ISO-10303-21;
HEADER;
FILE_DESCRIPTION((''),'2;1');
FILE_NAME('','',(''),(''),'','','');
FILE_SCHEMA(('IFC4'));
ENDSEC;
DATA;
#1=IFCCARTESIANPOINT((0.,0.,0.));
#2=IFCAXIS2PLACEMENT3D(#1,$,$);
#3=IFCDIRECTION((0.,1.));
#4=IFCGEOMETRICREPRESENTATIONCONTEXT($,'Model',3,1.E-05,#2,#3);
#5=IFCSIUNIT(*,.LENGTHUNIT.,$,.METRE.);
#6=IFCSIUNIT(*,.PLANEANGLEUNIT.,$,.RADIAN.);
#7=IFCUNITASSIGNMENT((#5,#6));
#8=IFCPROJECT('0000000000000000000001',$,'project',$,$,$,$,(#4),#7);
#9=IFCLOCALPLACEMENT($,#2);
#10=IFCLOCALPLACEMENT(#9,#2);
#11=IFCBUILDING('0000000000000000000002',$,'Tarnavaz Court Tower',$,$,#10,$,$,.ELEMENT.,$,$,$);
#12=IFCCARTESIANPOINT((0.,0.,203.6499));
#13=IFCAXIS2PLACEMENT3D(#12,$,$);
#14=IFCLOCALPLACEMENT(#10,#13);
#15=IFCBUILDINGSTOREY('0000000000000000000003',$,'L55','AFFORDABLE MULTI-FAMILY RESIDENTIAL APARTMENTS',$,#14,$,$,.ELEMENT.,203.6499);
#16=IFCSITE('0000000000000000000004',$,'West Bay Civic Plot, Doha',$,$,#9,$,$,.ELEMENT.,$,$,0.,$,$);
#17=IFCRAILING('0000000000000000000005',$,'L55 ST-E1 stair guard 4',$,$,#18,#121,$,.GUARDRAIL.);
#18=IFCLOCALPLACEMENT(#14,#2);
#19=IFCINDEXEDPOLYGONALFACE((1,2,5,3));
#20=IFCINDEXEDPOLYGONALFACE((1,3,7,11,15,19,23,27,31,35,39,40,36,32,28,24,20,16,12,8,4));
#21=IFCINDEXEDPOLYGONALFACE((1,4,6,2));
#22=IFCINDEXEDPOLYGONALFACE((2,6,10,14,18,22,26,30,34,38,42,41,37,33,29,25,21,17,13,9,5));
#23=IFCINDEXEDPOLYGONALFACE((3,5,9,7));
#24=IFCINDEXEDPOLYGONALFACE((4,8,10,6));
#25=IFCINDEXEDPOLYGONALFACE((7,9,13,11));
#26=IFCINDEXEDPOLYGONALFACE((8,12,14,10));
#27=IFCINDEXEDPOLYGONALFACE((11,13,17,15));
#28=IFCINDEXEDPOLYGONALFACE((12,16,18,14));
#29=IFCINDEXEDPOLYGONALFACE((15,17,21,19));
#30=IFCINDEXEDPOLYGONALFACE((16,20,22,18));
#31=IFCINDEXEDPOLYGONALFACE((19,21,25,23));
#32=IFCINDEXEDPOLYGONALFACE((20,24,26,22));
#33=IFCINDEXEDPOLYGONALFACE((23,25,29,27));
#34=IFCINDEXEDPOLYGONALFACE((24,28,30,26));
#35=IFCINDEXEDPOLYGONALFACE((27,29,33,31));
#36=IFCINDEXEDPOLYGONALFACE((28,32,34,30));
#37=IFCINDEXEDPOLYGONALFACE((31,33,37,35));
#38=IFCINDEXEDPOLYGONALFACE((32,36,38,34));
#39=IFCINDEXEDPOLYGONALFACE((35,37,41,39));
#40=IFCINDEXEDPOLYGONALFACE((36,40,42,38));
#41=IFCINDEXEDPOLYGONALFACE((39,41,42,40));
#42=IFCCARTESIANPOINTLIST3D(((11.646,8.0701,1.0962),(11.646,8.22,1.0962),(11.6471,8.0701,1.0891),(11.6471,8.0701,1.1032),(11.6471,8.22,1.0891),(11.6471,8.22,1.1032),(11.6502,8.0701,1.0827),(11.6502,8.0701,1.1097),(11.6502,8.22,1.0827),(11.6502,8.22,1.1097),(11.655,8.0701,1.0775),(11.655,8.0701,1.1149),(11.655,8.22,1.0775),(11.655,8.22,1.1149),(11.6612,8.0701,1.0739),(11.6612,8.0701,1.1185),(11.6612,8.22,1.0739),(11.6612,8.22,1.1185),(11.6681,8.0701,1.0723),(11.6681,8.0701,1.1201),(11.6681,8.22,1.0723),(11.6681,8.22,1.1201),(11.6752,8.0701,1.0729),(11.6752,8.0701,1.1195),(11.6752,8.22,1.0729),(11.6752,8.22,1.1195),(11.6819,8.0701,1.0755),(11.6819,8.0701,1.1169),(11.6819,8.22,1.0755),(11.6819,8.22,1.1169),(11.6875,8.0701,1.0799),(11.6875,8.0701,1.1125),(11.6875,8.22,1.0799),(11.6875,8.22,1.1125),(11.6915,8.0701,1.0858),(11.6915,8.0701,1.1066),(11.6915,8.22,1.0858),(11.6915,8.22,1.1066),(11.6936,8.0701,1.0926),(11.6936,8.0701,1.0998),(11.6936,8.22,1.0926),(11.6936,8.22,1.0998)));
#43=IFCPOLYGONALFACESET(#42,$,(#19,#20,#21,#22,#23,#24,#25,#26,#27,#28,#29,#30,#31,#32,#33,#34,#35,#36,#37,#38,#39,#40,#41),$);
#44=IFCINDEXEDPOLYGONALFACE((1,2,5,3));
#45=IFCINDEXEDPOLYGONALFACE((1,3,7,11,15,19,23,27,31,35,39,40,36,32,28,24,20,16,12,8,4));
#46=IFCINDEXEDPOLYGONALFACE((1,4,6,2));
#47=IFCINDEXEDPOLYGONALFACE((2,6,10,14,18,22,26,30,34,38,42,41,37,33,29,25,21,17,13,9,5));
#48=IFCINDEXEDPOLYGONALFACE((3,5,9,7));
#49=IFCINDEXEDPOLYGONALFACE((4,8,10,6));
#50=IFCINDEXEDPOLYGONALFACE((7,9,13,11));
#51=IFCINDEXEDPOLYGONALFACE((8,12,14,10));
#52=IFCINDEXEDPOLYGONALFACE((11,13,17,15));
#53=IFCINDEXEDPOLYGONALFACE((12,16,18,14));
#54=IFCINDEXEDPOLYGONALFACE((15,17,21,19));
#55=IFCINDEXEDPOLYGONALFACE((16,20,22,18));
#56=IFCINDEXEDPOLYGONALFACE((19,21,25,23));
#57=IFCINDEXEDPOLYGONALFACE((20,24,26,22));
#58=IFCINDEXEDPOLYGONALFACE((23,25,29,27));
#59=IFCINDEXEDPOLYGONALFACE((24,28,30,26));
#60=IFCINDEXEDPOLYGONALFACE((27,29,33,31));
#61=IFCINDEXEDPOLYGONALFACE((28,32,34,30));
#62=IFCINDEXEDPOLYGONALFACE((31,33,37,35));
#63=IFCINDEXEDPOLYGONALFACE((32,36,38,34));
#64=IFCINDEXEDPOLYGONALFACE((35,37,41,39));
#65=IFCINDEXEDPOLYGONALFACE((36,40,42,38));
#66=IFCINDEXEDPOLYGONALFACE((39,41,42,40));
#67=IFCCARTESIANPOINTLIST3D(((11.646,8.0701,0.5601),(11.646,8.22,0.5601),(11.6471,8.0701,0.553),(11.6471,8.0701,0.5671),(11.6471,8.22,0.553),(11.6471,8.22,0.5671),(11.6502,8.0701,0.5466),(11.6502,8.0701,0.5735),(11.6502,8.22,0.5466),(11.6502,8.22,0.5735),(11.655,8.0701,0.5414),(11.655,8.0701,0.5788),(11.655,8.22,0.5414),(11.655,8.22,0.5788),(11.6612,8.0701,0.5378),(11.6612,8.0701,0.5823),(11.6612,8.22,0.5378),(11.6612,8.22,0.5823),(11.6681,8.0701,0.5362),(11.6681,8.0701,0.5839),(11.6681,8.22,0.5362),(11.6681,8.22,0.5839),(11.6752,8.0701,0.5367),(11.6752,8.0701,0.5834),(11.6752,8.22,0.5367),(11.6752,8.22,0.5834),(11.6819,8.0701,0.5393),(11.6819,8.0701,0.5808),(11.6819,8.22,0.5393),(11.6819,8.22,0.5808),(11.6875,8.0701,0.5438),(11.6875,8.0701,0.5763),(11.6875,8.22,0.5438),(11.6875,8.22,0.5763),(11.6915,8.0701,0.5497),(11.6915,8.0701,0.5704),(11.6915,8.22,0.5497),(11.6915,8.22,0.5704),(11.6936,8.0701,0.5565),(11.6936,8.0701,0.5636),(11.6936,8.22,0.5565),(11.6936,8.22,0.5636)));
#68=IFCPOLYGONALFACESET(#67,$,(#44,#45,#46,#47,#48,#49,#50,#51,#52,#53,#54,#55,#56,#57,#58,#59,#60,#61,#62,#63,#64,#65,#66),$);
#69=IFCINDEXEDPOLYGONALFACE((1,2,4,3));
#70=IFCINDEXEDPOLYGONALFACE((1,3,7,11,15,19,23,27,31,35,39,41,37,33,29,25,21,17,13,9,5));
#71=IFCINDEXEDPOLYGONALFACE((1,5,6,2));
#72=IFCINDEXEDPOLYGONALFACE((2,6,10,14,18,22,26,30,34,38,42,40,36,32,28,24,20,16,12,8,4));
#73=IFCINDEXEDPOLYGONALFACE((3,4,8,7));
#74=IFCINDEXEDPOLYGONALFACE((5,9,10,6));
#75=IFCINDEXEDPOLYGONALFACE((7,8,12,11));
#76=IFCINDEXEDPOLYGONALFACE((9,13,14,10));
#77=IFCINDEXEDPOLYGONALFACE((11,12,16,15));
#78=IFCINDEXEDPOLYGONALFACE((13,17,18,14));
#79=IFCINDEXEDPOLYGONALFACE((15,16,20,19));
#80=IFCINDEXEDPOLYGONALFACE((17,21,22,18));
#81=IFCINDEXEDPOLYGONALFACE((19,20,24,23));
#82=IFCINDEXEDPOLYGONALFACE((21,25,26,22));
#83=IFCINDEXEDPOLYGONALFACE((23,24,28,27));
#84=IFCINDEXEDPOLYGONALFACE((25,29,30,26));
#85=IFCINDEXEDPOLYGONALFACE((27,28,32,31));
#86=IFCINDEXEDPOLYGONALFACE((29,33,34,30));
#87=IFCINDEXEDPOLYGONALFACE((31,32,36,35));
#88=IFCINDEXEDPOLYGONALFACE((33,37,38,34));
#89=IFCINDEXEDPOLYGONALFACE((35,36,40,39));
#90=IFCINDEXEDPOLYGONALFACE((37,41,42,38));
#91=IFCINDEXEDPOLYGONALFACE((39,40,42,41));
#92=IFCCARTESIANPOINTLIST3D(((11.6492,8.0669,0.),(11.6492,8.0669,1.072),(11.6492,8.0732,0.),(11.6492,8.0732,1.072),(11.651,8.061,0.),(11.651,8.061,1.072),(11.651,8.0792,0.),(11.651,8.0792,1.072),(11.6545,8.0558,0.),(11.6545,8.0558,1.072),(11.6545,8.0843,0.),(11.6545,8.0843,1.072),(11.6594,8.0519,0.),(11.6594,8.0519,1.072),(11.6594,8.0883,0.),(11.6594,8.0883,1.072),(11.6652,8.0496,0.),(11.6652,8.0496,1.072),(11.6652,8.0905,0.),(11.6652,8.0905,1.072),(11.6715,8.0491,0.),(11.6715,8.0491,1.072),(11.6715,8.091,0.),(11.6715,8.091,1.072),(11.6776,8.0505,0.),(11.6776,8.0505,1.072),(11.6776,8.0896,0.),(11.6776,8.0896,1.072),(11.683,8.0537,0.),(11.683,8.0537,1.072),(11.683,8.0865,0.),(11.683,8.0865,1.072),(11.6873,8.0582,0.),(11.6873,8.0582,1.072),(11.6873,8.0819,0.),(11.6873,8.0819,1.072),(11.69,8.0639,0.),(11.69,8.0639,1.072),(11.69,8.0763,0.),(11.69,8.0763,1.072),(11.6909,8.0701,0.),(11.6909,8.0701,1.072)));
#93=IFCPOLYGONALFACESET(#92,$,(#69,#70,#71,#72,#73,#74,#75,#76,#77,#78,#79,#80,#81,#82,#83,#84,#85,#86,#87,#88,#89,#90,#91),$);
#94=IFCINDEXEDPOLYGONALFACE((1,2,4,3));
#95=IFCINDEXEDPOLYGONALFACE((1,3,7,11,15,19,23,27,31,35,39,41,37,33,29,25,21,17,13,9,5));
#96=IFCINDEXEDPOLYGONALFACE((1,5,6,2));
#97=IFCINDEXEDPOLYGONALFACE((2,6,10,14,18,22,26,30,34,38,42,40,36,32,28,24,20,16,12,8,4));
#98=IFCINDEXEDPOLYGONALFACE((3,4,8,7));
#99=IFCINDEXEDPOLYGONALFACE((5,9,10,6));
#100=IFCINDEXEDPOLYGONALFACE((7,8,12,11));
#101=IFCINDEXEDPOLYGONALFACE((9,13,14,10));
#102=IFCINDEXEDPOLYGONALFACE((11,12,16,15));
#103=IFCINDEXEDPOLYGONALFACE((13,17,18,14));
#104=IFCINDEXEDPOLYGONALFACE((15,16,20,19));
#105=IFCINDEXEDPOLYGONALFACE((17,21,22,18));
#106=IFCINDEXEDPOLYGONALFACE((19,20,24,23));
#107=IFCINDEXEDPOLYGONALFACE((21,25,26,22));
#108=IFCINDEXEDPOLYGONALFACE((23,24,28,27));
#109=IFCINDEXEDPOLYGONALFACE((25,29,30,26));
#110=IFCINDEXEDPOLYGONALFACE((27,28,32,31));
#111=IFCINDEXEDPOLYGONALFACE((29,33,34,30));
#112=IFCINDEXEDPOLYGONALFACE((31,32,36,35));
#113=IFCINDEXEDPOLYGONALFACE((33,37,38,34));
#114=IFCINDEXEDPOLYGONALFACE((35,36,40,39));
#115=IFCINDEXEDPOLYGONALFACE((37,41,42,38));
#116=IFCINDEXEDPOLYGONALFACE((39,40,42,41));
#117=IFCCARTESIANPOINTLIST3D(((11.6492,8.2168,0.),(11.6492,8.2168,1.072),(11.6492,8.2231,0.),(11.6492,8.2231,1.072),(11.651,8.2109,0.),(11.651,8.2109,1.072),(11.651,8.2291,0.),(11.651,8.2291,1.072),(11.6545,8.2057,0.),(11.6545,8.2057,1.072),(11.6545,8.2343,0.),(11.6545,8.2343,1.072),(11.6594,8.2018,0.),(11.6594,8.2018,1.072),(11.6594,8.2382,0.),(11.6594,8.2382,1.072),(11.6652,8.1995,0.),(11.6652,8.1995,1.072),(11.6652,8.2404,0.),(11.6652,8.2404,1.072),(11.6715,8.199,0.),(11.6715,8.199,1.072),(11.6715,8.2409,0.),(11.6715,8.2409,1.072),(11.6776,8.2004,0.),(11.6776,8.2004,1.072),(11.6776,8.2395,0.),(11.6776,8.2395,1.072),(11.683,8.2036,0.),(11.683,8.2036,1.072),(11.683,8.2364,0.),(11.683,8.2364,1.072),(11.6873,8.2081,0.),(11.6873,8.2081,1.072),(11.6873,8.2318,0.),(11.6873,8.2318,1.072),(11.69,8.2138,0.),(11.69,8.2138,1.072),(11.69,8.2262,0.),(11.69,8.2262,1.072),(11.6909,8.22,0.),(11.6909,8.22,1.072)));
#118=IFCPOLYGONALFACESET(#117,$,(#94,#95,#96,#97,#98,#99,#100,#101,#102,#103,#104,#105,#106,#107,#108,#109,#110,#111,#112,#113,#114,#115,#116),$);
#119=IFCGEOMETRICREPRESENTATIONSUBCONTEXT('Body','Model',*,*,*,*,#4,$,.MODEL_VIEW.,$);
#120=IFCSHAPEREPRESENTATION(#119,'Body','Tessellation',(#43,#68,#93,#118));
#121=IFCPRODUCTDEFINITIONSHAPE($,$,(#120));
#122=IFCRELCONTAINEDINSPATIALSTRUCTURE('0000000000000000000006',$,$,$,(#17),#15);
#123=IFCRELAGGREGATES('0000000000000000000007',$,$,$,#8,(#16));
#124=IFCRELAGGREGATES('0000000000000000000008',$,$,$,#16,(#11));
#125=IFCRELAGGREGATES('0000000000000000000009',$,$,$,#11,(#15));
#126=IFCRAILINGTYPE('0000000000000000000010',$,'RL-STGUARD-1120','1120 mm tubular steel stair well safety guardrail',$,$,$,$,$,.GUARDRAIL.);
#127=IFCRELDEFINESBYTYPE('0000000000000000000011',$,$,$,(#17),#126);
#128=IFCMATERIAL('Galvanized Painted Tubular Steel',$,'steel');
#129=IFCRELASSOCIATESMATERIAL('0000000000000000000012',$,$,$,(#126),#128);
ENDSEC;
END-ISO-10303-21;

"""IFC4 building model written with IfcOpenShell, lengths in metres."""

from ifc_helpers import new_model, si_unit, direction, frame, origin, origin_2d, place, context, subcontext, project, spatial, circle, extrude, material, type_object, element, save


model = new_model("IFC4")

# Units and contexts
model_context = context("Model", 3, precision=1e-05, world=origin(), true_north=direction((0.0, 1.0)))
body_context = subcontext(model_context, "Body", "Model", "MODEL_VIEW")
ifc_project = project(units=[si_unit("LENGTHUNIT", "METRE"), si_unit("PLANEANGLEUNIT", "RADIAN")], contexts=[model_context])

# Site, building, storey
site_placement = place(None, origin())
site = spatial("IfcSite", under=ifc_project, at=site_placement, Name="West Bay Civic Plot, Doha", CompositionType="ELEMENT", RefElevation=0.0)
building_placement = place(site_placement, origin())
building = spatial("IfcBuilding", under=site, at=building_placement, Name="Tarnavaz Court Tower", CompositionType="ELEMENT")
storey_placement = place(building_placement, frame((0.0, 0.0, 203.6499)))
storey = spatial("IfcBuildingStorey", under=building, at=storey_placement, Name="L55", Description="AFFORDABLE MULTI-FAMILY RESIDENTIAL APARTMENTS", CompositionType="ELEMENT", Elevation=203.6499)

# Railing
ifc_material_1 = material(Name="Galvanized Painted Tubular Steel", Category="steel")
railing_type_1 = type_object("IfcRailingType", Name="RL-STGUARD-1120", Description="1120 mm tubular steel stair well safety guardrail", PredefinedType="GUARDRAIL", material=ifc_material_1)
railing_1_placement = place(storey_placement, frame((11.6699, 8.0701, 0.0)))
element("IfcRailing", 1, at=railing_1_placement, inside=storey, type_object=railing_type_1, Name="L55 ST-E1 stair guard 4", PredefinedType="GUARDRAIL", context=body_context, shape_type="SweptSolid", body=[
    extrude(circle(Radius=0.0239, at=origin_2d()), frame((0.0, 0.0, 1.0962), z_axis=(0.0, 1.0, 0.0), x_axis=(-1.0, 0.0, 0.0)), (0.0, 0.0, 1.0), 0.1499),
    extrude(circle(Radius=0.0239, at=origin_2d()), frame((0.0, 0.0, 0.5601), z_axis=(0.0, 1.0, 0.0), x_axis=(-1.0, 0.0, 0.0)), (0.0, 0.0, 1.0), 0.1499),
    extrude(circle(Radius=0.021, at=origin_2d()), origin(), (0.0, 0.0, 1.0), 1.072),
    extrude(circle(Radius=0.021, at=origin_2d()), frame((0.0, 0.1499, 0.0)), (0.0, 0.0, 1.0), 1.072),
])

save(model, "model.ifc")
